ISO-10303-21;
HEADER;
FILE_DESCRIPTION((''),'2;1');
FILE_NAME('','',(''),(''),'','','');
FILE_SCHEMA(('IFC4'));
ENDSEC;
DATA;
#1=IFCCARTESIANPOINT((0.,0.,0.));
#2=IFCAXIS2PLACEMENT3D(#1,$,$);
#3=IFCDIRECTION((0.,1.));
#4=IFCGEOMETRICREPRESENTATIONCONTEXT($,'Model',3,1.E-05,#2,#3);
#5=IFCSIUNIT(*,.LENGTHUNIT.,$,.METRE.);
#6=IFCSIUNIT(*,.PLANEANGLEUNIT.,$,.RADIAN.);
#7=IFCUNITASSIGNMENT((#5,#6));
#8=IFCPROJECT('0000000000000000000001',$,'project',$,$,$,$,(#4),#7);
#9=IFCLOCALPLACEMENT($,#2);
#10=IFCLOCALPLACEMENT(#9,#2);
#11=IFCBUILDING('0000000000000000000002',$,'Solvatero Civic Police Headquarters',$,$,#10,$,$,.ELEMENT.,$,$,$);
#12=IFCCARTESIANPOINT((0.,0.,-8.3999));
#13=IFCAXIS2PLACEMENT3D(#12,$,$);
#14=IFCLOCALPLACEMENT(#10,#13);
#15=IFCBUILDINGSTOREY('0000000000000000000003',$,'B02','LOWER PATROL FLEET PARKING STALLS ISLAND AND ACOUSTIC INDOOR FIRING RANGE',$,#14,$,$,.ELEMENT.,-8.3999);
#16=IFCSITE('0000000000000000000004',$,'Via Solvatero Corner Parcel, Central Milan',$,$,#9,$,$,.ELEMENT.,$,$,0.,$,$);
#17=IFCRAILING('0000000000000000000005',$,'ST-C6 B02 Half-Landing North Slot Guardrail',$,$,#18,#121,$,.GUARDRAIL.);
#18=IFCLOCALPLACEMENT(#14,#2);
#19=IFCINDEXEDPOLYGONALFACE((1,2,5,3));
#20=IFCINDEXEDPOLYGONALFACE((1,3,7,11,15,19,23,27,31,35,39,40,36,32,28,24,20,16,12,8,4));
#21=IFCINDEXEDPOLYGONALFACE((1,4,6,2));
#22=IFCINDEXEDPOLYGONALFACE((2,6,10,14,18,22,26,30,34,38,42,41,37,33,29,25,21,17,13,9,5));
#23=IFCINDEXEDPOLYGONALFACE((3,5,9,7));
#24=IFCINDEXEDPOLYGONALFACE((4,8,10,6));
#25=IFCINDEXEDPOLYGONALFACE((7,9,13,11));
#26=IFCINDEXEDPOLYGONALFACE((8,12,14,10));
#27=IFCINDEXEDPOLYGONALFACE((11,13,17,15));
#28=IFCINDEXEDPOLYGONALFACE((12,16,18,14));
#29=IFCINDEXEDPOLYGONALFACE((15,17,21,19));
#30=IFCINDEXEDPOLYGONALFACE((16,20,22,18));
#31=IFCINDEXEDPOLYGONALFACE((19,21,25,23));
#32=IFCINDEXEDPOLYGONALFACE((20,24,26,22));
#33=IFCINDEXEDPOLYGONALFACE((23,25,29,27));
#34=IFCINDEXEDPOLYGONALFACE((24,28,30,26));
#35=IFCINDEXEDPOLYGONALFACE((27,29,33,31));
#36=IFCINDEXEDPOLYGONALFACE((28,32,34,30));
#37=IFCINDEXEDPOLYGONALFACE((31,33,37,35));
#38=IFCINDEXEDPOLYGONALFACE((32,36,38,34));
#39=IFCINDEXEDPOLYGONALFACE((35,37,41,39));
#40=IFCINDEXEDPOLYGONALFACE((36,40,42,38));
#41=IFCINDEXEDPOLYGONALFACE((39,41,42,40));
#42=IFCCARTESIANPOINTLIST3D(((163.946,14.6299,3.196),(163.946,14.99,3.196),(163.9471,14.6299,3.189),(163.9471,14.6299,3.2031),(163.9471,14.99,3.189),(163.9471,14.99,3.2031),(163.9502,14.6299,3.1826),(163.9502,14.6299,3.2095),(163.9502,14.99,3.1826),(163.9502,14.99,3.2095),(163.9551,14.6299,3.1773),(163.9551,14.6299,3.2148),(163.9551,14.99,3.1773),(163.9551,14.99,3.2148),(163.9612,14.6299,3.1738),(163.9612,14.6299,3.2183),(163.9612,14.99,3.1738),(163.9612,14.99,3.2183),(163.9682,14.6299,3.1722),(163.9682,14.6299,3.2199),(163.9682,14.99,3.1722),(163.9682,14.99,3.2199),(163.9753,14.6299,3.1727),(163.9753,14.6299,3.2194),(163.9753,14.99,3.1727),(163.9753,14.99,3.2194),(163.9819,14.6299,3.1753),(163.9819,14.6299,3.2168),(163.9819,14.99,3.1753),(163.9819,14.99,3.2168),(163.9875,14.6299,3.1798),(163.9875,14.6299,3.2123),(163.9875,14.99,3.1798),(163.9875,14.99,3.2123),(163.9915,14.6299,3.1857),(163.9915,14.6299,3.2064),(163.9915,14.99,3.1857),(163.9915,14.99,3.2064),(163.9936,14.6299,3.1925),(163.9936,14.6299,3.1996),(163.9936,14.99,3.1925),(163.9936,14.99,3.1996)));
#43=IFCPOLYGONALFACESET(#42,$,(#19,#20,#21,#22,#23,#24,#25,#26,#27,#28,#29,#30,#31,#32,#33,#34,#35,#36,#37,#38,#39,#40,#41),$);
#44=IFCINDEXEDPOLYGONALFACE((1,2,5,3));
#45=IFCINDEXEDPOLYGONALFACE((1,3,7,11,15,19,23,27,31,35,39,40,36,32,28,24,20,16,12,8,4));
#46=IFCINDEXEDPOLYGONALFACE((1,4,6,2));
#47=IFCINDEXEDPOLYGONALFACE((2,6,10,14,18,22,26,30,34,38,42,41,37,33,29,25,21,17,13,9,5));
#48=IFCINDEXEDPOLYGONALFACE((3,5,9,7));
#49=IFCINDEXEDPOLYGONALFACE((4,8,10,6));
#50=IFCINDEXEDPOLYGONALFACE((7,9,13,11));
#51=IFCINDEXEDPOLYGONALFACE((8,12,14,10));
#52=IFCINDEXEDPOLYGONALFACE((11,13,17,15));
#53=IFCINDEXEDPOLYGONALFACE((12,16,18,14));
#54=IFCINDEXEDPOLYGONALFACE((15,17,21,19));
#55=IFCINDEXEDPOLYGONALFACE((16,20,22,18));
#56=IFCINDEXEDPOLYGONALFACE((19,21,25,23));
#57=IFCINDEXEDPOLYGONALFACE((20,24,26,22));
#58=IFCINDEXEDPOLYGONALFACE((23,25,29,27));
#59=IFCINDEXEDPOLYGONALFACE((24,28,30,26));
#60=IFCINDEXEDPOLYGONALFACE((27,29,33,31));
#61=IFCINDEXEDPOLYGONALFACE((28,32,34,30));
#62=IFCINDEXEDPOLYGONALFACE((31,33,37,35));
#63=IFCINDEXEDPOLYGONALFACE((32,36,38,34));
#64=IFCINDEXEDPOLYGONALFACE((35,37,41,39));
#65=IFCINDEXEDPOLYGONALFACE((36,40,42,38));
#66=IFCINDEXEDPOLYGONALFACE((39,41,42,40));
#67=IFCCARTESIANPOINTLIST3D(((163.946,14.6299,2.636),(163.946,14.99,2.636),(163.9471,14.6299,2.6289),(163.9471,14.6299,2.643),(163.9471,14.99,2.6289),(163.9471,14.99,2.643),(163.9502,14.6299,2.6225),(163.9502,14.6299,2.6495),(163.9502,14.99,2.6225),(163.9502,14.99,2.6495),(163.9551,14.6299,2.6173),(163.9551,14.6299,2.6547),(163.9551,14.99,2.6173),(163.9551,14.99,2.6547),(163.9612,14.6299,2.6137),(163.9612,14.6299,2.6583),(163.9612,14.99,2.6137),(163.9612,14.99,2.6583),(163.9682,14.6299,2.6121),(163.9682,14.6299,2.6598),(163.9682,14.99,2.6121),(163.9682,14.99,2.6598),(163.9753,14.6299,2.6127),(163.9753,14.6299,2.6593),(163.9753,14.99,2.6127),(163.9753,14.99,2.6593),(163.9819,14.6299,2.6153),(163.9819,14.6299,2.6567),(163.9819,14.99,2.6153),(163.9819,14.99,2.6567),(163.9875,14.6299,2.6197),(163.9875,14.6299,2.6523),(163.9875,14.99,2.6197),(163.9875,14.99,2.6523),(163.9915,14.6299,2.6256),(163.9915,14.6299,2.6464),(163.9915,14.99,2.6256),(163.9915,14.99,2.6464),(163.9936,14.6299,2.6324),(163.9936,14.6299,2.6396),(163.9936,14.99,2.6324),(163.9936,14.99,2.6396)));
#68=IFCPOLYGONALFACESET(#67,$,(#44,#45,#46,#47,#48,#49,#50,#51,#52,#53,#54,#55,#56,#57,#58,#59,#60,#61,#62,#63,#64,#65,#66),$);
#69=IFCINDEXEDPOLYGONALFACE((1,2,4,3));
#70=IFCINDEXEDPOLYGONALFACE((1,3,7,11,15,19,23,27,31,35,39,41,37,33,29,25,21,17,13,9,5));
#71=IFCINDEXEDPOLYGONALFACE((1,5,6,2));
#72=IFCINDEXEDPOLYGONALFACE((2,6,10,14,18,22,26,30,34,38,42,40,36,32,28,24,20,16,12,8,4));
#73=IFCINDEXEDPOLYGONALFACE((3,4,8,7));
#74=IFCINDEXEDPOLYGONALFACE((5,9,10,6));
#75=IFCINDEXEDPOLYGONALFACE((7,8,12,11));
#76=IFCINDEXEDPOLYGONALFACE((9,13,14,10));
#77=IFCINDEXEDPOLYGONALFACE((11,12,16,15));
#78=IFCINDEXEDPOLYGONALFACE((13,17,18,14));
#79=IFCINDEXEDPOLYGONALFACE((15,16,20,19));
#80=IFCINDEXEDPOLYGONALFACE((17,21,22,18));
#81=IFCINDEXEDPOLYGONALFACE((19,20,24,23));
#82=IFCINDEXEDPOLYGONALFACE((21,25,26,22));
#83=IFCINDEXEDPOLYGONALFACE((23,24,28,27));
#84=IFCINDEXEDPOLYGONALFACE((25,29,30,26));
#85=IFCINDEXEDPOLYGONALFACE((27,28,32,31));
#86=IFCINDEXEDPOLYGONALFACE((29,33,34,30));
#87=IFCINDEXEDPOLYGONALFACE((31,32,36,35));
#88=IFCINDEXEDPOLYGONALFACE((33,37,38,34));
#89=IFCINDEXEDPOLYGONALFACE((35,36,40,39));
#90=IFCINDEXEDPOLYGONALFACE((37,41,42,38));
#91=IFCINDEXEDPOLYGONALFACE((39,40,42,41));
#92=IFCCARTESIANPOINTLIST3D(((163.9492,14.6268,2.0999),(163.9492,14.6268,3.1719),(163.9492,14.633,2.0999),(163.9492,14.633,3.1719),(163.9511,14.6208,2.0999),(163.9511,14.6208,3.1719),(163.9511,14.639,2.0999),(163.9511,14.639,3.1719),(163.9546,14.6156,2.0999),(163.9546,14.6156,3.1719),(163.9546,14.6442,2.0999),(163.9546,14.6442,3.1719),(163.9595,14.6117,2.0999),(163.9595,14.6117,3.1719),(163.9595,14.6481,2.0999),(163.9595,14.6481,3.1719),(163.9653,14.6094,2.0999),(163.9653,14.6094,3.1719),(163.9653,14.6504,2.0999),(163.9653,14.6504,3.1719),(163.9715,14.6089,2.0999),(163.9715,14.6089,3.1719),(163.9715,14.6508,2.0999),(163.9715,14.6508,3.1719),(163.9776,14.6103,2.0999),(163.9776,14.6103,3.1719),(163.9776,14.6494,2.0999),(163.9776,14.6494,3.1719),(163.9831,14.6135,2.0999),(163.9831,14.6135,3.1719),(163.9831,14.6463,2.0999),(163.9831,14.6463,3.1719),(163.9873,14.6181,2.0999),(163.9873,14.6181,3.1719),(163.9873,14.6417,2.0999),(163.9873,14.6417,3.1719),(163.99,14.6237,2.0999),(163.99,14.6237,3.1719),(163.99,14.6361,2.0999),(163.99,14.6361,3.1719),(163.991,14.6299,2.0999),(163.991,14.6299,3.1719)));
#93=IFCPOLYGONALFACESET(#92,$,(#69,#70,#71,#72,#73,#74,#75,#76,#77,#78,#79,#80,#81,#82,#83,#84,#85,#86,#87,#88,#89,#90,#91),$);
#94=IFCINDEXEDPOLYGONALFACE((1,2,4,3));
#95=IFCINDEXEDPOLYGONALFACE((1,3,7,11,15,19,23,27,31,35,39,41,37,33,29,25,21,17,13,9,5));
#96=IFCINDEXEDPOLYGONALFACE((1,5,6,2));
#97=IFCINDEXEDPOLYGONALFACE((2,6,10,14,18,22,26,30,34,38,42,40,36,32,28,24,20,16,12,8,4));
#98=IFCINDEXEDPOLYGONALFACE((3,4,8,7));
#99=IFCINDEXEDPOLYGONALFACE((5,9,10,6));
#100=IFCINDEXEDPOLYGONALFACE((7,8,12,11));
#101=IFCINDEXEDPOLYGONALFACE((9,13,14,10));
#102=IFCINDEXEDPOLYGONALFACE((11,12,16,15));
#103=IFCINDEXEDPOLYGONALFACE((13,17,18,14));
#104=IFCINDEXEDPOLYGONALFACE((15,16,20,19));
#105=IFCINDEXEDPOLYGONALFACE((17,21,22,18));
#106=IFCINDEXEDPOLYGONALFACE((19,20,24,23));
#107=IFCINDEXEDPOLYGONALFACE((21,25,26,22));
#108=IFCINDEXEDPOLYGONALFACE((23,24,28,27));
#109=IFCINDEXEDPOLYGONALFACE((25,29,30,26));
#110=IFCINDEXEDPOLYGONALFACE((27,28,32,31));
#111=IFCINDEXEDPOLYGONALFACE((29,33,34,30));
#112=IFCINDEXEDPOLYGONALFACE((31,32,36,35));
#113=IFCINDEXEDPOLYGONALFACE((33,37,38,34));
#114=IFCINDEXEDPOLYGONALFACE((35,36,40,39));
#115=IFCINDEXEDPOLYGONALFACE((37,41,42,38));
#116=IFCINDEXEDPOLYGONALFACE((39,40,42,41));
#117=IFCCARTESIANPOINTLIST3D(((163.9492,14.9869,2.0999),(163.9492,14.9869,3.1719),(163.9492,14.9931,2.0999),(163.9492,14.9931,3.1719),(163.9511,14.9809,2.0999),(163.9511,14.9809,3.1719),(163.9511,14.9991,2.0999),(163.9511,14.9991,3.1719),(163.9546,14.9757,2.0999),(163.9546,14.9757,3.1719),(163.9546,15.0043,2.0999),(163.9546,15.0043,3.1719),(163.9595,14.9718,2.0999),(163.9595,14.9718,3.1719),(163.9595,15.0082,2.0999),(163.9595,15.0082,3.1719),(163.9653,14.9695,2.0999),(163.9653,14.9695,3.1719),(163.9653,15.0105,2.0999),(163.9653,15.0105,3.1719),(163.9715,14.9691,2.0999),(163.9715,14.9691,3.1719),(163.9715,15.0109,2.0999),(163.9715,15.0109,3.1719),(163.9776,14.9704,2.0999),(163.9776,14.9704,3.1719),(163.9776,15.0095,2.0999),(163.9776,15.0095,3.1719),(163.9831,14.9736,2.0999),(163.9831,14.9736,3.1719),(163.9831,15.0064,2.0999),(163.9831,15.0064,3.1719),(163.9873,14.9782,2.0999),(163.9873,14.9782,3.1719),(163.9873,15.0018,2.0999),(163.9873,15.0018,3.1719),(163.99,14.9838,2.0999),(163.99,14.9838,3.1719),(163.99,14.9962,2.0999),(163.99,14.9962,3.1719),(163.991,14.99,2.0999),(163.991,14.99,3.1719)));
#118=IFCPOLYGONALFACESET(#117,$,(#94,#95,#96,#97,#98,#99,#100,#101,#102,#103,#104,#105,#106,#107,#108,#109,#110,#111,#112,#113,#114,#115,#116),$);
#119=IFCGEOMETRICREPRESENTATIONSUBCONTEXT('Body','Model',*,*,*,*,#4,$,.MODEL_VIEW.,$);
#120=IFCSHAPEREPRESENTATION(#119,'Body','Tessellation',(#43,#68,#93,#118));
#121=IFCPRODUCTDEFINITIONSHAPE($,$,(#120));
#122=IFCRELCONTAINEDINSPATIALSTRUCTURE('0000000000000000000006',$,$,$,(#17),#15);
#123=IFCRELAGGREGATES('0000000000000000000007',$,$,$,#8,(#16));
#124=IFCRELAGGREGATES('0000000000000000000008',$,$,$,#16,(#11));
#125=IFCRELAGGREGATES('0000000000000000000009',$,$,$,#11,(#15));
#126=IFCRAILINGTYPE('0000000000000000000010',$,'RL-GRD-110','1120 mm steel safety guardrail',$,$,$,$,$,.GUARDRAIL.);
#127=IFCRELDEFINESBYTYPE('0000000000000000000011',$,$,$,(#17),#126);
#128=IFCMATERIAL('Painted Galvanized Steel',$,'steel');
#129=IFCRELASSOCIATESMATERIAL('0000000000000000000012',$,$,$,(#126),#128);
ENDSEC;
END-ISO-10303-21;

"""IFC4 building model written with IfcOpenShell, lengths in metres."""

from ifc_helpers import new_model, si_unit, direction, frame, origin, origin_2d, place, context, subcontext, project, spatial, circle, extrude, material, type_object, element, save


model = new_model("IFC4")

# Units and contexts
model_context = context("Model", 3, precision=1e-05, world=origin(), true_north=direction((0.0, 1.0)))
body_context = subcontext(model_context, "Body", "Model", "MODEL_VIEW")
ifc_project = project(units=[si_unit("LENGTHUNIT", "METRE"), si_unit("PLANEANGLEUNIT", "RADIAN")], contexts=[model_context])

# Site, building, storey
site_placement = place(None, origin())
site = spatial("IfcSite", under=ifc_project, at=site_placement, Name="Via Solvatero Corner Parcel, Central Milan", CompositionType="ELEMENT", RefElevation=0.0)
building_placement = place(site_placement, origin())
building = spatial("IfcBuilding", under=site, at=building_placement, Name="Solvatero Civic Police Headquarters", CompositionType="ELEMENT")
storey_placement = place(building_placement, frame((0.0, 0.0, -8.3999)))
storey = spatial("IfcBuildingStorey", under=building, at=storey_placement, Name="B02", Description="LOWER PATROL FLEET PARKING STALLS ISLAND AND ACOUSTIC INDOOR FIRING RANGE", CompositionType="ELEMENT", Elevation=-8.3999)

# Railing
ifc_material_1 = material(Name="Painted Galvanized Steel", Category="steel")
railing_type_1 = type_object("IfcRailingType", Name="RL-GRD-110", Description="1120 mm steel safety guardrail", PredefinedType="GUARDRAIL", material=ifc_material_1)
for number, where, name in (
    (1, (163.97, 14.6299, 2.0999), "ST-C6 B02 Half-Landing North Slot Guardrail"),
):
    element("IfcRailing", number, at=place(storey_placement, frame(where)), inside=storey, type_object=railing_type_1, Name=name, PredefinedType="GUARDRAIL", context=body_context, shape_type="SweptSolid", body=[
        extrude(circle(Radius=0.0239, at=origin_2d()), frame((0.0, 0.0, 1.0962), z_axis=(0.0, 1.0, 0.0), x_axis=(-1.0, 0.0, 0.0)), (0.0, 0.0, 1.0), 0.3601),
        extrude(circle(Radius=0.0239, at=origin_2d()), frame((0.0, 0.0, 0.5361), z_axis=(0.0, 1.0, 0.0), x_axis=(-1.0, 0.0, 0.0)), (0.0, 0.0, 1.0), 0.3601),
        extrude(circle(Radius=0.021, at=origin_2d()), origin(), (0.0, 0.0, 1.0), 1.072),
        extrude(circle(Radius=0.021, at=origin_2d()), frame((0.0, 0.3601, 0.0)), (0.0, 0.0, 1.0), 1.072),
    ])

save(model, "model.ifc")
